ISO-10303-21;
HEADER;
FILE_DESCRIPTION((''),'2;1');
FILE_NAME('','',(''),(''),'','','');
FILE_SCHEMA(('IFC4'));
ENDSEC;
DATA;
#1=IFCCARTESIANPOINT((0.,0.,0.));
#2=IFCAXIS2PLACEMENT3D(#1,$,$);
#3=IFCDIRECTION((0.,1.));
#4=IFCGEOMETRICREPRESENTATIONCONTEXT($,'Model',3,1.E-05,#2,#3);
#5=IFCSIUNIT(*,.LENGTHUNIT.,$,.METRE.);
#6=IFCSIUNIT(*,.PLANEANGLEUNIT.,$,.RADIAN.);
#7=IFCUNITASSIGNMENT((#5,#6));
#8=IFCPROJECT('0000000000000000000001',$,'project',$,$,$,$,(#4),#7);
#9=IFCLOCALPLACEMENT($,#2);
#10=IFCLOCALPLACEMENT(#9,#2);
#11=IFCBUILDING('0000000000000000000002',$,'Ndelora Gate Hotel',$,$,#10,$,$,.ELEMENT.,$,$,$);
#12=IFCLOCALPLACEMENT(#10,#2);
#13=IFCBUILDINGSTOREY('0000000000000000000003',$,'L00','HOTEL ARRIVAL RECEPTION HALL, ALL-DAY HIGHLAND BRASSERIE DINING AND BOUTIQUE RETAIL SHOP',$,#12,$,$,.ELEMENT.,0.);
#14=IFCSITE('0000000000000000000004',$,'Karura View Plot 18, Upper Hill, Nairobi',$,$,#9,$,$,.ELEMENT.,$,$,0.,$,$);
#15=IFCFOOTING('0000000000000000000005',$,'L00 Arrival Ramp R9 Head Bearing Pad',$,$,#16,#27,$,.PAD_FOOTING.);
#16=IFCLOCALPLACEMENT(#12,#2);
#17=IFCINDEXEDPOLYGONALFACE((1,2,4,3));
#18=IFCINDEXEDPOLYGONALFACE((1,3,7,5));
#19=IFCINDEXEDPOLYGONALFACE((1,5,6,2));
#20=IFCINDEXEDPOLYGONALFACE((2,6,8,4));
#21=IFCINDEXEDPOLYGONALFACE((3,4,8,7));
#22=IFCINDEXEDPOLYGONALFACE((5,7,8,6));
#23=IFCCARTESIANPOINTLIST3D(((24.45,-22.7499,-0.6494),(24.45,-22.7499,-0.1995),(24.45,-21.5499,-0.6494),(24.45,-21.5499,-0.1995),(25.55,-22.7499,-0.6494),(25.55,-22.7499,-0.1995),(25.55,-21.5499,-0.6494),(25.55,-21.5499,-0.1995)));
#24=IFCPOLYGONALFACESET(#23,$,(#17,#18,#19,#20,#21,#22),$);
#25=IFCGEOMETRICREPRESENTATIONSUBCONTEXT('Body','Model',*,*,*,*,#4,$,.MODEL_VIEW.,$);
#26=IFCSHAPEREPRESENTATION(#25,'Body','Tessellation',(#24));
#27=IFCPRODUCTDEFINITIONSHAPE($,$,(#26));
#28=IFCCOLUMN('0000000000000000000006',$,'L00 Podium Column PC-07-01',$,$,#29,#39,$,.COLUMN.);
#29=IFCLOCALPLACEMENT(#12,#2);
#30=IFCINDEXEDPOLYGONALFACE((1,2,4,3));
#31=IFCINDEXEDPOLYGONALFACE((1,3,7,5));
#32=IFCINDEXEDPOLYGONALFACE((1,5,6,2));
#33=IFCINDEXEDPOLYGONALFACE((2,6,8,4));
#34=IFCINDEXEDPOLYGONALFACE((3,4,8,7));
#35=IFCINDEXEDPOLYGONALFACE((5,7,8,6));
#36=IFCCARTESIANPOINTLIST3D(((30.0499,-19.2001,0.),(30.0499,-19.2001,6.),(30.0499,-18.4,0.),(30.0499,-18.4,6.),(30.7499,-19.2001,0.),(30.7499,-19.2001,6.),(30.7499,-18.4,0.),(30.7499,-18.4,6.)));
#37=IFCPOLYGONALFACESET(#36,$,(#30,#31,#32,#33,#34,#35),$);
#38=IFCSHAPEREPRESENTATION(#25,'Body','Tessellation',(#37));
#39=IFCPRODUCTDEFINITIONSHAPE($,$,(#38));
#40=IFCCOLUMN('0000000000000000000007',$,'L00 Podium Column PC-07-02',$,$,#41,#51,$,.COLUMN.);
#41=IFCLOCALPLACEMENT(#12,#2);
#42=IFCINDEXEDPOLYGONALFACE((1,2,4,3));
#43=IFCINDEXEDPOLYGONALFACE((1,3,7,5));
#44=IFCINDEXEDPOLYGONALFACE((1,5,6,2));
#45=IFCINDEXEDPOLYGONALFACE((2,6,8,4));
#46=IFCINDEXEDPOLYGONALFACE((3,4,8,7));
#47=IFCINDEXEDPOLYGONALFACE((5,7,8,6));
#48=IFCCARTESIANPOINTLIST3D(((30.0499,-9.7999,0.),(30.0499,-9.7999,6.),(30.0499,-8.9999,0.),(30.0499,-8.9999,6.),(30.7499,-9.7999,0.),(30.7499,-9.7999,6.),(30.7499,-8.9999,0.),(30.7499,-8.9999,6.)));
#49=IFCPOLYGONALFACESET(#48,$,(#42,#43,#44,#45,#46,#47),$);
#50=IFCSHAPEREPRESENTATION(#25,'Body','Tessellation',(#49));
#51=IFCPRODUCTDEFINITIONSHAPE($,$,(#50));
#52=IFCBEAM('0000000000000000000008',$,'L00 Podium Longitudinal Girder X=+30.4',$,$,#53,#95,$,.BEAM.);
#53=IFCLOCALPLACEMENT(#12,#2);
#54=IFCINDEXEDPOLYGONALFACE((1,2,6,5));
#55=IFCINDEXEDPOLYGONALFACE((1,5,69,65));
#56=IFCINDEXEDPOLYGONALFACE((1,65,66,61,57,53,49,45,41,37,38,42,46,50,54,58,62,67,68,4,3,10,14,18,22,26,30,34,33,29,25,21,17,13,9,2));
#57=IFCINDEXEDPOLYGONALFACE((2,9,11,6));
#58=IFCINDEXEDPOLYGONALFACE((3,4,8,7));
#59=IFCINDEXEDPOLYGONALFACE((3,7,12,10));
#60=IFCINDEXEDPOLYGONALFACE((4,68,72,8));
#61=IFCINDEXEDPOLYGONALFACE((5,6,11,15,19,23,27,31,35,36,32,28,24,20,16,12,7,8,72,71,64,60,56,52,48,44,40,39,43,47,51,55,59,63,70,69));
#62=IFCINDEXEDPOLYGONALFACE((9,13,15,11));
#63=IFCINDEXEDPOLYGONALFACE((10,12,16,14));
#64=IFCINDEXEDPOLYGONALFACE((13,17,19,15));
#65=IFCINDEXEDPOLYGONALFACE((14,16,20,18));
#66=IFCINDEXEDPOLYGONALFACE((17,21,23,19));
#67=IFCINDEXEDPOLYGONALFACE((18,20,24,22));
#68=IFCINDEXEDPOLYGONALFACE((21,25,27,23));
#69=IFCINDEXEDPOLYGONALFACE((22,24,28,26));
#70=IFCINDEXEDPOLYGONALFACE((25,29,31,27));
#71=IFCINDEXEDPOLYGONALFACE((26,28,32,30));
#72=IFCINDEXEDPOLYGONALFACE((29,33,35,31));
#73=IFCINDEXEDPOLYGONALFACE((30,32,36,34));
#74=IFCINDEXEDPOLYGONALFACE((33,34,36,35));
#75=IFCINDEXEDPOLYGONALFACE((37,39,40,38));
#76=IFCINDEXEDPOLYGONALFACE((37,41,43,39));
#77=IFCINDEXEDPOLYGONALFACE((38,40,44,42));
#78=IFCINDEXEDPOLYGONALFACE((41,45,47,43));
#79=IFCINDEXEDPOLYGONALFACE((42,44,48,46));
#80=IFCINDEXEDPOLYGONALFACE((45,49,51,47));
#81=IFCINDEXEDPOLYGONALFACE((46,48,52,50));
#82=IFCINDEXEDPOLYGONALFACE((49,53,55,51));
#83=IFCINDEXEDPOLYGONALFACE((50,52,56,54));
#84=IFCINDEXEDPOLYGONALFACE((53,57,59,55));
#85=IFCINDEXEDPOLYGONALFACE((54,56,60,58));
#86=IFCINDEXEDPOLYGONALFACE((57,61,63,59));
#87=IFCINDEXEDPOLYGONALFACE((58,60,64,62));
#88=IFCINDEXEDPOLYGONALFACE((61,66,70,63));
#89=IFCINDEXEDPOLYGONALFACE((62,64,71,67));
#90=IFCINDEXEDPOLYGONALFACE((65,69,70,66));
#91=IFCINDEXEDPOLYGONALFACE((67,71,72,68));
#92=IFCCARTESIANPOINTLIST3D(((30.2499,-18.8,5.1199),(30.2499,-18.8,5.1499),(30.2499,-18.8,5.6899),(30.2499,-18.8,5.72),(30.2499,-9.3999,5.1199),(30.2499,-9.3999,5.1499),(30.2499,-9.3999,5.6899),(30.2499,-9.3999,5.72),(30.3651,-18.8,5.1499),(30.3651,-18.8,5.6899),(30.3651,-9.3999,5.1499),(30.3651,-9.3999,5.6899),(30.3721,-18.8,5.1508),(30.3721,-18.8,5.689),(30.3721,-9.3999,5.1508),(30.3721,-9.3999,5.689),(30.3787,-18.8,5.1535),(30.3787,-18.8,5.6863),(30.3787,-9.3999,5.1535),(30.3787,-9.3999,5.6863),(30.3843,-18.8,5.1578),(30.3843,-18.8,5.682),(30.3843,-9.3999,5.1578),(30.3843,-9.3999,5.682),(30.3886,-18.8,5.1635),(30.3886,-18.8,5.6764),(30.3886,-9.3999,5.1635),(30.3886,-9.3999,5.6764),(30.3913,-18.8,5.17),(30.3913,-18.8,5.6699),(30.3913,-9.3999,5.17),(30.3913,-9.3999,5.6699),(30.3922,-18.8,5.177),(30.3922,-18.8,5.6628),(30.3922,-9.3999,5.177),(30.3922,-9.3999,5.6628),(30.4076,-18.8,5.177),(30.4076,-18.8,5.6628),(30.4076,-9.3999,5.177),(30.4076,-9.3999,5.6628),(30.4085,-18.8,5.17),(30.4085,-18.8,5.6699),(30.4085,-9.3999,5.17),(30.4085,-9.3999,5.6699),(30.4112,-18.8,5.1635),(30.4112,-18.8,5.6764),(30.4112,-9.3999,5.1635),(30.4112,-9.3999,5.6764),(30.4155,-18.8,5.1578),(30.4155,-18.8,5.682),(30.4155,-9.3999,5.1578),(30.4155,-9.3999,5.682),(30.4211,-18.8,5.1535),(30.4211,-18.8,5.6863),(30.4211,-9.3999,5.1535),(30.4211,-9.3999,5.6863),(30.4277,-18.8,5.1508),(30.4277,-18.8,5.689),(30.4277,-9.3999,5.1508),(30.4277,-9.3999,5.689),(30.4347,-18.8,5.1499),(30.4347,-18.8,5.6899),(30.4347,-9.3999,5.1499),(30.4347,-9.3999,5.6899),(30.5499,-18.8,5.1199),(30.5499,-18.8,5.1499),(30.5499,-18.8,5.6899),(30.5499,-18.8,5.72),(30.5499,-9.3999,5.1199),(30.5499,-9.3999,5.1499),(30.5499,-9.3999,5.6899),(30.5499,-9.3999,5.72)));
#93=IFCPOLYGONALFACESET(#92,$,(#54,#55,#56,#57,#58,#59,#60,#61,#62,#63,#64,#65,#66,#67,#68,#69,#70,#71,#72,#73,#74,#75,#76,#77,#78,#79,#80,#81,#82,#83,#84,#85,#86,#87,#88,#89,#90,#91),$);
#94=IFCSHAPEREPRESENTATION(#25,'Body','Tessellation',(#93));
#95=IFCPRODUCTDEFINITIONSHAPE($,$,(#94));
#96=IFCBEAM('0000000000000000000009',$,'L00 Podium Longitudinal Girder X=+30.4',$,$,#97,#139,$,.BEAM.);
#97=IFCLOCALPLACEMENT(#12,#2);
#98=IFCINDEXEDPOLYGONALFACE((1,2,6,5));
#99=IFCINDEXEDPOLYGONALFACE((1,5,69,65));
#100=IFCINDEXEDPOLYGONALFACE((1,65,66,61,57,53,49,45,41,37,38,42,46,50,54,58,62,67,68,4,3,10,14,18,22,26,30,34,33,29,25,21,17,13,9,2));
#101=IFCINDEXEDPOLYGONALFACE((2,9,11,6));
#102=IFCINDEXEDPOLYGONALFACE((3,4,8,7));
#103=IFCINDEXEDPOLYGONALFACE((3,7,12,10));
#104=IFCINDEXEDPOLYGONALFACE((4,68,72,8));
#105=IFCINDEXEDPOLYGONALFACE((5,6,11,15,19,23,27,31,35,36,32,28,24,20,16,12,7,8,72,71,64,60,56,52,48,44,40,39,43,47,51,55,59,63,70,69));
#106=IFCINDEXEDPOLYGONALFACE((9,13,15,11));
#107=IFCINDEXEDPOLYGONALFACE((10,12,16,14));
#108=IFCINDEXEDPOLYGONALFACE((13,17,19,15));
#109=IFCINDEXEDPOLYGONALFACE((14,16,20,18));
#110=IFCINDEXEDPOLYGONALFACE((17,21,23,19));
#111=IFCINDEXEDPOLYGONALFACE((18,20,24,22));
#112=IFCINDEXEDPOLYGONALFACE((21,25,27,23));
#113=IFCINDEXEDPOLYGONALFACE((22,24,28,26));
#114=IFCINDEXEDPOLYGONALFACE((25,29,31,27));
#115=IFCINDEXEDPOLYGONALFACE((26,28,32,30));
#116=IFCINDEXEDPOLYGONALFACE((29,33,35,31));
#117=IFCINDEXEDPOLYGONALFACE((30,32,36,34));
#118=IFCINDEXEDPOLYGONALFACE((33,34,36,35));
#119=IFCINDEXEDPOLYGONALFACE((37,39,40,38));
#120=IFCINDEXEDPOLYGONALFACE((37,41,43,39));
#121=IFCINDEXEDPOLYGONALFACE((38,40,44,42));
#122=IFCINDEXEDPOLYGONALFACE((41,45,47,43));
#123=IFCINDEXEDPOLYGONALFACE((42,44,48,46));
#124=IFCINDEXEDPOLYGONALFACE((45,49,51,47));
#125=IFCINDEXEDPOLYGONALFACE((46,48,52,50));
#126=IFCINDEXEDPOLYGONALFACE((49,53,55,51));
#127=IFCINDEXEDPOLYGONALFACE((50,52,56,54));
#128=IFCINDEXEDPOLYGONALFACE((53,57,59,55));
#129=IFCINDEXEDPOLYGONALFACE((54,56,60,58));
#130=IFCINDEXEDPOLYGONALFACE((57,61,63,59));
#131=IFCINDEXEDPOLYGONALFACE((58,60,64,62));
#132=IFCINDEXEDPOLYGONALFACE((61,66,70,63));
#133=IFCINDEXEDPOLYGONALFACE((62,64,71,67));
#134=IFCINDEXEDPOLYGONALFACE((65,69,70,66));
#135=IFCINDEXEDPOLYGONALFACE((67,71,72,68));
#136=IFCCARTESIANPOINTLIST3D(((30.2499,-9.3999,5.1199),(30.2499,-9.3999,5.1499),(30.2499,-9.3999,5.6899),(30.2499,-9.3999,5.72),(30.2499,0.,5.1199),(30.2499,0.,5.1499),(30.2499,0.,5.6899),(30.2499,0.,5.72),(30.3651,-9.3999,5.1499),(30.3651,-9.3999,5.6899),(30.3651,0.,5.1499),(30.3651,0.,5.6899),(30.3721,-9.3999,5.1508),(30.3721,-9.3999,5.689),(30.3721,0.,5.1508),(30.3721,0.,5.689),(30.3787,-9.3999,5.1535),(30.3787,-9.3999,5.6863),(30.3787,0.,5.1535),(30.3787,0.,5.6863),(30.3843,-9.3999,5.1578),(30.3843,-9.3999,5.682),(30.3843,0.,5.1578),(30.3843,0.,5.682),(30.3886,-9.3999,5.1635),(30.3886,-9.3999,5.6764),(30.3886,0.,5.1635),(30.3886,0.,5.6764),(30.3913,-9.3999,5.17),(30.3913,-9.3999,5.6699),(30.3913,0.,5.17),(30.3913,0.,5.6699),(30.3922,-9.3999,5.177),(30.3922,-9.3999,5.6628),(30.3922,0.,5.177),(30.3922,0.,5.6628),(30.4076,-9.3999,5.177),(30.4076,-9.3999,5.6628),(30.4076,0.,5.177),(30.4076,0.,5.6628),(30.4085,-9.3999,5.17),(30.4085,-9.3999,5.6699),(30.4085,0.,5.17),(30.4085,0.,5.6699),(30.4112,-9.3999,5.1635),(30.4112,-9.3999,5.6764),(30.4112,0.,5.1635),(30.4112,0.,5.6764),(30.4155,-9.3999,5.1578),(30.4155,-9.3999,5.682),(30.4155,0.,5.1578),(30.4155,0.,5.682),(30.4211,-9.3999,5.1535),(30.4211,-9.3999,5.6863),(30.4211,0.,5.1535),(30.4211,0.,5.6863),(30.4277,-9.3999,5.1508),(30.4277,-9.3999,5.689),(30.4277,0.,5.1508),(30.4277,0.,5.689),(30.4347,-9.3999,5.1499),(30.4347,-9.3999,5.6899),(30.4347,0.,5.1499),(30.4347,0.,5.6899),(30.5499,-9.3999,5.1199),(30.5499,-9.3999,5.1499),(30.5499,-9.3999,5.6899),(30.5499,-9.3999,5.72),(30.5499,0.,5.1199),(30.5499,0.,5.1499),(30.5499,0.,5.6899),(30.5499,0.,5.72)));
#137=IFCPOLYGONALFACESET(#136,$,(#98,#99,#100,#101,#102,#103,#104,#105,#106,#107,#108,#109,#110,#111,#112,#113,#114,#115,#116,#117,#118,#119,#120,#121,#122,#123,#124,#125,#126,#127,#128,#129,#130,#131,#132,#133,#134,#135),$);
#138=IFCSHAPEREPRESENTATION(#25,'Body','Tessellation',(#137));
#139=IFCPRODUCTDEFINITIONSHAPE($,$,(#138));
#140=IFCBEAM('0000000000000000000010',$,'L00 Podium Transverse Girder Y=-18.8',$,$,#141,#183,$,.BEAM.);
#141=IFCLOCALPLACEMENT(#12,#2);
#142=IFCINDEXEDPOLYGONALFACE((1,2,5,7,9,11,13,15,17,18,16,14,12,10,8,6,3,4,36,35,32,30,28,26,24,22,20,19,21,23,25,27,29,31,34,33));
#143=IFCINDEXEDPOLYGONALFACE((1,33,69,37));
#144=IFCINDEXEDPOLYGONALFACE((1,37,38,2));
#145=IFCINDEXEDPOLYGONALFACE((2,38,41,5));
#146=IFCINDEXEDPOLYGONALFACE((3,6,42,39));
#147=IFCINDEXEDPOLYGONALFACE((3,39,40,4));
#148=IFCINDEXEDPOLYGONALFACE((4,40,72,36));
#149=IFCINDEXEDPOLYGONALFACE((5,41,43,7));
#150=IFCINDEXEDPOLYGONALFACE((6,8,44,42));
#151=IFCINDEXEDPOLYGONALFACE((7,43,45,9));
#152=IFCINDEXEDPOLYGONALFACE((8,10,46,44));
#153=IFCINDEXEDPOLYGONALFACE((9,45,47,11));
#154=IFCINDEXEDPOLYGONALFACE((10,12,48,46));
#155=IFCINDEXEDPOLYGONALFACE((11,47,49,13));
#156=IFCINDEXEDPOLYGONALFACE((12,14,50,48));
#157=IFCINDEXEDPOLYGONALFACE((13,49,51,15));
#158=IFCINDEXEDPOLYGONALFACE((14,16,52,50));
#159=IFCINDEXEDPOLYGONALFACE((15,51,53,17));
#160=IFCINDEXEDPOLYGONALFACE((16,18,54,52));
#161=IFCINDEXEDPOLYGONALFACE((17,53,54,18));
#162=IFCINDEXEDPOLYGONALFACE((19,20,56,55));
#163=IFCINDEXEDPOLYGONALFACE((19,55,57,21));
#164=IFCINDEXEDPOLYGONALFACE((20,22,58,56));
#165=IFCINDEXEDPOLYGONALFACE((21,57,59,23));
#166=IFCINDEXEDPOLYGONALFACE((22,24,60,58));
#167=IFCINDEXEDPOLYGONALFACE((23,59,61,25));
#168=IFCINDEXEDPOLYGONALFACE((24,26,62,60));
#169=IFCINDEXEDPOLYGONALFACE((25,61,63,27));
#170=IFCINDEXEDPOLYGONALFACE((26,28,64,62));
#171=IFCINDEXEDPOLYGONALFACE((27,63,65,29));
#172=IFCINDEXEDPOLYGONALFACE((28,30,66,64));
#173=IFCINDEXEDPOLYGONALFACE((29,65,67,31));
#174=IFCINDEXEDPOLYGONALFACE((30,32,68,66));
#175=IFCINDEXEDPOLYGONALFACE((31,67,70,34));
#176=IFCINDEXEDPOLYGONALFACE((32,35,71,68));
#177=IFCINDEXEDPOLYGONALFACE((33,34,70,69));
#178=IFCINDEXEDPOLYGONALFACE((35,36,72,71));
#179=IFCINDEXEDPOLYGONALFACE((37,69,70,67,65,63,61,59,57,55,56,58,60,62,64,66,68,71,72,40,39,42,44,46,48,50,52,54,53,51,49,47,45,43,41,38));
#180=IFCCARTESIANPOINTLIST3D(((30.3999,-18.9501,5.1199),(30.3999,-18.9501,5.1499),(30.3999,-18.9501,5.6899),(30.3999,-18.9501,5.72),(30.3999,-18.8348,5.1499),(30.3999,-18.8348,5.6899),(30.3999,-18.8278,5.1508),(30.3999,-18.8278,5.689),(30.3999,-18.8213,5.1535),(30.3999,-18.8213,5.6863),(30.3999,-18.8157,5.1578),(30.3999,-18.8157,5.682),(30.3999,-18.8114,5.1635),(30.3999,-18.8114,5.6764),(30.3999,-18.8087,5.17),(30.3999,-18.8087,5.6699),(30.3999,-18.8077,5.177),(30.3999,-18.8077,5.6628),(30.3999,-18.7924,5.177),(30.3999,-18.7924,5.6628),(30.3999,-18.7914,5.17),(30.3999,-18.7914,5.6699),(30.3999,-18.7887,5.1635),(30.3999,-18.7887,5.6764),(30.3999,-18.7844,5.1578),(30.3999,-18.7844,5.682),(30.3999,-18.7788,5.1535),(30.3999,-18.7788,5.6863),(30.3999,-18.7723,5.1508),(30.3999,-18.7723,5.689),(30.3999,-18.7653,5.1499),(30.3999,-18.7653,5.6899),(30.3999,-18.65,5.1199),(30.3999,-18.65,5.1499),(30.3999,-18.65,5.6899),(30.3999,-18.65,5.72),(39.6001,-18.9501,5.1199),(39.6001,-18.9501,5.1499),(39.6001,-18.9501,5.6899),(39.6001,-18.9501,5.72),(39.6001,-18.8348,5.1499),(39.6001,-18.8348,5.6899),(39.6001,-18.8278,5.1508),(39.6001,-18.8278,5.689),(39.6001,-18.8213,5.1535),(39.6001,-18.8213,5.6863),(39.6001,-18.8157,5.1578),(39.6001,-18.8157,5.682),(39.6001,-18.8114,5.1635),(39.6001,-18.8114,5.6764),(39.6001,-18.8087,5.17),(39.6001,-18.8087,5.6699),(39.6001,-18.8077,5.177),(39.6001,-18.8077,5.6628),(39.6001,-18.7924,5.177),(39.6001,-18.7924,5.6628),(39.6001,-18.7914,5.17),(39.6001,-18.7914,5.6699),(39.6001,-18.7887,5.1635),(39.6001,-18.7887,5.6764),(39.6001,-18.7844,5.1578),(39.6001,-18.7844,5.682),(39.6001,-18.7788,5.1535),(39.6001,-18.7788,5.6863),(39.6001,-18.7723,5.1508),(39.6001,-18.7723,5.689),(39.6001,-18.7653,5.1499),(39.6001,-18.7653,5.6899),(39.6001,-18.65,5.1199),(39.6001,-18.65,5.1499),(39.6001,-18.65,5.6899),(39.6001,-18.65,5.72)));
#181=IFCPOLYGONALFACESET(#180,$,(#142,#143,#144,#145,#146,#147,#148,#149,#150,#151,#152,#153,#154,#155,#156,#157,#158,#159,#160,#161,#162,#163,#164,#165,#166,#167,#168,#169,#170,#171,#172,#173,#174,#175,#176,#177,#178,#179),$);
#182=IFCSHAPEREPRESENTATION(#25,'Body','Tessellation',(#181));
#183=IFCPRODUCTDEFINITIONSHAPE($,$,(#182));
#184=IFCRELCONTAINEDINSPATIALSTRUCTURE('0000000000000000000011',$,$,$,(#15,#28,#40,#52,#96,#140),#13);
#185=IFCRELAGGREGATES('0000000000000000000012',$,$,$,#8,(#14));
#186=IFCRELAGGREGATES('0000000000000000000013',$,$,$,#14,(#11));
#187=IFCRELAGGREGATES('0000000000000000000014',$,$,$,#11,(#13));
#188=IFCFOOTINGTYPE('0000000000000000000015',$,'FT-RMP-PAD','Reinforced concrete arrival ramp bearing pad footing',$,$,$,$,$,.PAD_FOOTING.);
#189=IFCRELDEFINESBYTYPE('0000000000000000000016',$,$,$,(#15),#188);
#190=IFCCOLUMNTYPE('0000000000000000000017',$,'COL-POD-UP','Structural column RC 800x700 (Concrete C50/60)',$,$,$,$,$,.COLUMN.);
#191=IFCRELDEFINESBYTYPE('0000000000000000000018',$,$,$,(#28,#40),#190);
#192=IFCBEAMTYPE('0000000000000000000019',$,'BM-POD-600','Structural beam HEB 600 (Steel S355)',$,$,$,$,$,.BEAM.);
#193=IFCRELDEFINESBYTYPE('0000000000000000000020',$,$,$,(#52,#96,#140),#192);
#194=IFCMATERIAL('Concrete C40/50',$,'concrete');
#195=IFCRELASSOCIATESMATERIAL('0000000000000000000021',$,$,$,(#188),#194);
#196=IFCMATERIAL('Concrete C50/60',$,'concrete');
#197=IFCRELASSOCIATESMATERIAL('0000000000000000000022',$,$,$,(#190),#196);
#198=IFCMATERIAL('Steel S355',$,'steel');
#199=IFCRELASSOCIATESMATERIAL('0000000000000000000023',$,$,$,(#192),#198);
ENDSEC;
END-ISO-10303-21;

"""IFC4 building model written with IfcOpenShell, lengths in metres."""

from ifc_helpers import new_model, si_unit, direction, frame, origin, origin_2d, place, context, subcontext, project, spatial, rectangle, i_section, extrude, material, material_profile, profile_set, type_object, element, save


model = new_model("IFC4")

# Units and contexts
model_context = context("Model", 3, precision=1e-05, world=origin(), true_north=direction((0.0, 1.0)))
body_context = subcontext(model_context, "Body", "Model", "MODEL_VIEW")
ifc_project = project(units=[si_unit("LENGTHUNIT", "METRE"), si_unit("PLANEANGLEUNIT", "RADIAN")], contexts=[model_context])

# Site, building, storey
site_placement = place(None, origin())
site = spatial("IfcSite", under=ifc_project, at=site_placement, Name="Karura View Plot 18, Upper Hill, Nairobi", CompositionType="ELEMENT", RefElevation=0.0)
building_placement = place(site_placement, origin())
building = spatial("IfcBuilding", under=site, at=building_placement, Name="Ndelora Gate Hotel", CompositionType="ELEMENT")
storey_placement = place(building_placement, origin())
storey = spatial("IfcBuildingStorey", under=building, at=storey_placement, Name="L00", Description="HOTEL ARRIVAL RECEPTION HALL, ALL-DAY HIGHLAND BRASSERIE DINING AND BOUTIQUE RETAIL SHOP", CompositionType="ELEMENT", Elevation=0.0)

# Footing
ifc_material_1 = material(Name="Concrete C40/50", Category="concrete")
footing_type = type_object("IfcFootingType", Name="FT-RMP-PAD", Description="Reinforced concrete arrival ramp bearing pad footing", PredefinedType="PAD_FOOTING", material=ifc_material_1)
footing_placement = place(storey_placement, frame((25.0, -22.1499, -0.6494), z_axis=(0.0, 0.0, 1.0), x_axis=(1.0, 0.0, 0.0)))
element("IfcFooting", 1, at=footing_placement, inside=storey, type_object=footing_type, Name="L00 Arrival Ramp R9 Head Bearing Pad", PredefinedType="PAD_FOOTING", context=body_context, shape_type="SweptSolid", body=[
    extrude(rectangle(XDim=1.1001, YDim=1.2, at=origin_2d()), origin(), (0.0, 0.0, 1.0), 0.45),
])

# Columns
ifc_material_2 = material(Name="Concrete C50/60", Category="concrete")
ifc_material_profile_1 = material_profile(ifc_material_2, rectangle(XDim=0.7, YDim=0.8, at=origin_2d()), Name="RC 800x700")
ifc_profile_set_1 = profile_set([ifc_material_profile_1], Name="Concrete C50/60")
column_type = type_object("IfcColumnType", Name="COL-POD-UP", Description="Structural column RC 800x700 (Concrete C50/60)", PredefinedType="COLUMN", material=ifc_profile_set_1)
for number, where, z_axis, x_axis, name in (
    (2, (30.3999, -18.8, 0.0), (0.0, 0.0, 1.0), (1.0, 0.0, 0.0), "L00 Podium Column PC-07-01"),
    (3, (30.3999, -9.3999, 0.0), (0.0, 0.0, 1.0), (1.0, 0.0, 0.0), "L00 Podium Column PC-07-02"),
):
    element("IfcColumn", number, at=place(storey_placement, frame(where, z_axis=z_axis, x_axis=x_axis)), inside=storey, type_object=column_type, Name=name, PredefinedType="COLUMN", context=body_context, shape_type="SweptSolid", body=[
        extrude(rectangle(XDim=0.7, YDim=0.8, at=origin_2d()), origin(), (0.0, 0.0, 1.0), 6.0),
    ])

# Beams
ifc_material_3 = material(Name="Steel S355", Category="steel")
ifc_material_profile_2 = material_profile(ifc_material_3, i_section(OverallWidth=0.3, OverallDepth=0.6001, WebThickness=0.0154, FlangeThickness=0.03, FilletRadius=0.0271, at=origin_2d()), Name="HEB 600")
ifc_profile_set_2 = profile_set([ifc_material_profile_2], Name="Steel S355")
beam_type = type_object("IfcBeamType", Name="BM-POD-600", Description="Structural beam HEB 600 (Steel S355)", PredefinedType="BEAM", material=ifc_profile_set_2)
beam_1_placement = place(storey_placement, frame((30.3999, -18.8, 5.4199), z_axis=(0.0, 1.0, 0.0), x_axis=(-1.0, 0.0, 0.0)))
element("IfcBeam", 4, at=beam_1_placement, inside=storey, type_object=beam_type, Name="L00 Podium Longitudinal Girder X=+30.4", PredefinedType="BEAM", context=body_context, shape_type="SweptSolid", body=[
    extrude(i_section(OverallWidth=0.3, OverallDepth=0.6001, WebThickness=0.0154, FlangeThickness=0.03, FilletRadius=0.0271, at=origin_2d()), origin(), (0.0, 0.0, 1.0), 9.4001),
])
beam_2_placement = place(storey_placement, frame((30.3999, -9.3999, 5.4199), z_axis=(0.0, 1.0, 0.0), x_axis=(-1.0, 0.0, 0.0)))
element("IfcBeam", 5, at=beam_2_placement, inside=storey, type_object=beam_type, Name="L00 Podium Longitudinal Girder X=+30.4", PredefinedType="BEAM", context=body_context, shape_type="SweptSolid", body=[
    extrude(i_section(OverallWidth=0.3, OverallDepth=0.6001, WebThickness=0.0154, FlangeThickness=0.03, FilletRadius=0.0271, at=origin_2d()), origin(), (0.0, 0.0, 1.0), 9.3999),
])
for number, where, z_axis, x_axis, name in (
    (6, (30.3999, -18.8, 5.4199), (1.0, 0.0, 0.0), (0.0, 1.0, 0.0), "L00 Podium Transverse Girder Y=-18.8"),
):
    element("IfcBeam", number, at=place(storey_placement, frame(where, z_axis=z_axis, x_axis=x_axis)), inside=storey, type_object=beam_type, Name=name, PredefinedType="BEAM", context=body_context, shape_type="SweptSolid", body=[
        extrude(i_section(OverallWidth=0.3, OverallDepth=0.6001, WebThickness=0.0154, FlangeThickness=0.03, FilletRadius=0.0271, at=origin_2d()), origin(), (0.0, 0.0, 1.0), 9.2002),
    ])

save(model, "model.ifc")
